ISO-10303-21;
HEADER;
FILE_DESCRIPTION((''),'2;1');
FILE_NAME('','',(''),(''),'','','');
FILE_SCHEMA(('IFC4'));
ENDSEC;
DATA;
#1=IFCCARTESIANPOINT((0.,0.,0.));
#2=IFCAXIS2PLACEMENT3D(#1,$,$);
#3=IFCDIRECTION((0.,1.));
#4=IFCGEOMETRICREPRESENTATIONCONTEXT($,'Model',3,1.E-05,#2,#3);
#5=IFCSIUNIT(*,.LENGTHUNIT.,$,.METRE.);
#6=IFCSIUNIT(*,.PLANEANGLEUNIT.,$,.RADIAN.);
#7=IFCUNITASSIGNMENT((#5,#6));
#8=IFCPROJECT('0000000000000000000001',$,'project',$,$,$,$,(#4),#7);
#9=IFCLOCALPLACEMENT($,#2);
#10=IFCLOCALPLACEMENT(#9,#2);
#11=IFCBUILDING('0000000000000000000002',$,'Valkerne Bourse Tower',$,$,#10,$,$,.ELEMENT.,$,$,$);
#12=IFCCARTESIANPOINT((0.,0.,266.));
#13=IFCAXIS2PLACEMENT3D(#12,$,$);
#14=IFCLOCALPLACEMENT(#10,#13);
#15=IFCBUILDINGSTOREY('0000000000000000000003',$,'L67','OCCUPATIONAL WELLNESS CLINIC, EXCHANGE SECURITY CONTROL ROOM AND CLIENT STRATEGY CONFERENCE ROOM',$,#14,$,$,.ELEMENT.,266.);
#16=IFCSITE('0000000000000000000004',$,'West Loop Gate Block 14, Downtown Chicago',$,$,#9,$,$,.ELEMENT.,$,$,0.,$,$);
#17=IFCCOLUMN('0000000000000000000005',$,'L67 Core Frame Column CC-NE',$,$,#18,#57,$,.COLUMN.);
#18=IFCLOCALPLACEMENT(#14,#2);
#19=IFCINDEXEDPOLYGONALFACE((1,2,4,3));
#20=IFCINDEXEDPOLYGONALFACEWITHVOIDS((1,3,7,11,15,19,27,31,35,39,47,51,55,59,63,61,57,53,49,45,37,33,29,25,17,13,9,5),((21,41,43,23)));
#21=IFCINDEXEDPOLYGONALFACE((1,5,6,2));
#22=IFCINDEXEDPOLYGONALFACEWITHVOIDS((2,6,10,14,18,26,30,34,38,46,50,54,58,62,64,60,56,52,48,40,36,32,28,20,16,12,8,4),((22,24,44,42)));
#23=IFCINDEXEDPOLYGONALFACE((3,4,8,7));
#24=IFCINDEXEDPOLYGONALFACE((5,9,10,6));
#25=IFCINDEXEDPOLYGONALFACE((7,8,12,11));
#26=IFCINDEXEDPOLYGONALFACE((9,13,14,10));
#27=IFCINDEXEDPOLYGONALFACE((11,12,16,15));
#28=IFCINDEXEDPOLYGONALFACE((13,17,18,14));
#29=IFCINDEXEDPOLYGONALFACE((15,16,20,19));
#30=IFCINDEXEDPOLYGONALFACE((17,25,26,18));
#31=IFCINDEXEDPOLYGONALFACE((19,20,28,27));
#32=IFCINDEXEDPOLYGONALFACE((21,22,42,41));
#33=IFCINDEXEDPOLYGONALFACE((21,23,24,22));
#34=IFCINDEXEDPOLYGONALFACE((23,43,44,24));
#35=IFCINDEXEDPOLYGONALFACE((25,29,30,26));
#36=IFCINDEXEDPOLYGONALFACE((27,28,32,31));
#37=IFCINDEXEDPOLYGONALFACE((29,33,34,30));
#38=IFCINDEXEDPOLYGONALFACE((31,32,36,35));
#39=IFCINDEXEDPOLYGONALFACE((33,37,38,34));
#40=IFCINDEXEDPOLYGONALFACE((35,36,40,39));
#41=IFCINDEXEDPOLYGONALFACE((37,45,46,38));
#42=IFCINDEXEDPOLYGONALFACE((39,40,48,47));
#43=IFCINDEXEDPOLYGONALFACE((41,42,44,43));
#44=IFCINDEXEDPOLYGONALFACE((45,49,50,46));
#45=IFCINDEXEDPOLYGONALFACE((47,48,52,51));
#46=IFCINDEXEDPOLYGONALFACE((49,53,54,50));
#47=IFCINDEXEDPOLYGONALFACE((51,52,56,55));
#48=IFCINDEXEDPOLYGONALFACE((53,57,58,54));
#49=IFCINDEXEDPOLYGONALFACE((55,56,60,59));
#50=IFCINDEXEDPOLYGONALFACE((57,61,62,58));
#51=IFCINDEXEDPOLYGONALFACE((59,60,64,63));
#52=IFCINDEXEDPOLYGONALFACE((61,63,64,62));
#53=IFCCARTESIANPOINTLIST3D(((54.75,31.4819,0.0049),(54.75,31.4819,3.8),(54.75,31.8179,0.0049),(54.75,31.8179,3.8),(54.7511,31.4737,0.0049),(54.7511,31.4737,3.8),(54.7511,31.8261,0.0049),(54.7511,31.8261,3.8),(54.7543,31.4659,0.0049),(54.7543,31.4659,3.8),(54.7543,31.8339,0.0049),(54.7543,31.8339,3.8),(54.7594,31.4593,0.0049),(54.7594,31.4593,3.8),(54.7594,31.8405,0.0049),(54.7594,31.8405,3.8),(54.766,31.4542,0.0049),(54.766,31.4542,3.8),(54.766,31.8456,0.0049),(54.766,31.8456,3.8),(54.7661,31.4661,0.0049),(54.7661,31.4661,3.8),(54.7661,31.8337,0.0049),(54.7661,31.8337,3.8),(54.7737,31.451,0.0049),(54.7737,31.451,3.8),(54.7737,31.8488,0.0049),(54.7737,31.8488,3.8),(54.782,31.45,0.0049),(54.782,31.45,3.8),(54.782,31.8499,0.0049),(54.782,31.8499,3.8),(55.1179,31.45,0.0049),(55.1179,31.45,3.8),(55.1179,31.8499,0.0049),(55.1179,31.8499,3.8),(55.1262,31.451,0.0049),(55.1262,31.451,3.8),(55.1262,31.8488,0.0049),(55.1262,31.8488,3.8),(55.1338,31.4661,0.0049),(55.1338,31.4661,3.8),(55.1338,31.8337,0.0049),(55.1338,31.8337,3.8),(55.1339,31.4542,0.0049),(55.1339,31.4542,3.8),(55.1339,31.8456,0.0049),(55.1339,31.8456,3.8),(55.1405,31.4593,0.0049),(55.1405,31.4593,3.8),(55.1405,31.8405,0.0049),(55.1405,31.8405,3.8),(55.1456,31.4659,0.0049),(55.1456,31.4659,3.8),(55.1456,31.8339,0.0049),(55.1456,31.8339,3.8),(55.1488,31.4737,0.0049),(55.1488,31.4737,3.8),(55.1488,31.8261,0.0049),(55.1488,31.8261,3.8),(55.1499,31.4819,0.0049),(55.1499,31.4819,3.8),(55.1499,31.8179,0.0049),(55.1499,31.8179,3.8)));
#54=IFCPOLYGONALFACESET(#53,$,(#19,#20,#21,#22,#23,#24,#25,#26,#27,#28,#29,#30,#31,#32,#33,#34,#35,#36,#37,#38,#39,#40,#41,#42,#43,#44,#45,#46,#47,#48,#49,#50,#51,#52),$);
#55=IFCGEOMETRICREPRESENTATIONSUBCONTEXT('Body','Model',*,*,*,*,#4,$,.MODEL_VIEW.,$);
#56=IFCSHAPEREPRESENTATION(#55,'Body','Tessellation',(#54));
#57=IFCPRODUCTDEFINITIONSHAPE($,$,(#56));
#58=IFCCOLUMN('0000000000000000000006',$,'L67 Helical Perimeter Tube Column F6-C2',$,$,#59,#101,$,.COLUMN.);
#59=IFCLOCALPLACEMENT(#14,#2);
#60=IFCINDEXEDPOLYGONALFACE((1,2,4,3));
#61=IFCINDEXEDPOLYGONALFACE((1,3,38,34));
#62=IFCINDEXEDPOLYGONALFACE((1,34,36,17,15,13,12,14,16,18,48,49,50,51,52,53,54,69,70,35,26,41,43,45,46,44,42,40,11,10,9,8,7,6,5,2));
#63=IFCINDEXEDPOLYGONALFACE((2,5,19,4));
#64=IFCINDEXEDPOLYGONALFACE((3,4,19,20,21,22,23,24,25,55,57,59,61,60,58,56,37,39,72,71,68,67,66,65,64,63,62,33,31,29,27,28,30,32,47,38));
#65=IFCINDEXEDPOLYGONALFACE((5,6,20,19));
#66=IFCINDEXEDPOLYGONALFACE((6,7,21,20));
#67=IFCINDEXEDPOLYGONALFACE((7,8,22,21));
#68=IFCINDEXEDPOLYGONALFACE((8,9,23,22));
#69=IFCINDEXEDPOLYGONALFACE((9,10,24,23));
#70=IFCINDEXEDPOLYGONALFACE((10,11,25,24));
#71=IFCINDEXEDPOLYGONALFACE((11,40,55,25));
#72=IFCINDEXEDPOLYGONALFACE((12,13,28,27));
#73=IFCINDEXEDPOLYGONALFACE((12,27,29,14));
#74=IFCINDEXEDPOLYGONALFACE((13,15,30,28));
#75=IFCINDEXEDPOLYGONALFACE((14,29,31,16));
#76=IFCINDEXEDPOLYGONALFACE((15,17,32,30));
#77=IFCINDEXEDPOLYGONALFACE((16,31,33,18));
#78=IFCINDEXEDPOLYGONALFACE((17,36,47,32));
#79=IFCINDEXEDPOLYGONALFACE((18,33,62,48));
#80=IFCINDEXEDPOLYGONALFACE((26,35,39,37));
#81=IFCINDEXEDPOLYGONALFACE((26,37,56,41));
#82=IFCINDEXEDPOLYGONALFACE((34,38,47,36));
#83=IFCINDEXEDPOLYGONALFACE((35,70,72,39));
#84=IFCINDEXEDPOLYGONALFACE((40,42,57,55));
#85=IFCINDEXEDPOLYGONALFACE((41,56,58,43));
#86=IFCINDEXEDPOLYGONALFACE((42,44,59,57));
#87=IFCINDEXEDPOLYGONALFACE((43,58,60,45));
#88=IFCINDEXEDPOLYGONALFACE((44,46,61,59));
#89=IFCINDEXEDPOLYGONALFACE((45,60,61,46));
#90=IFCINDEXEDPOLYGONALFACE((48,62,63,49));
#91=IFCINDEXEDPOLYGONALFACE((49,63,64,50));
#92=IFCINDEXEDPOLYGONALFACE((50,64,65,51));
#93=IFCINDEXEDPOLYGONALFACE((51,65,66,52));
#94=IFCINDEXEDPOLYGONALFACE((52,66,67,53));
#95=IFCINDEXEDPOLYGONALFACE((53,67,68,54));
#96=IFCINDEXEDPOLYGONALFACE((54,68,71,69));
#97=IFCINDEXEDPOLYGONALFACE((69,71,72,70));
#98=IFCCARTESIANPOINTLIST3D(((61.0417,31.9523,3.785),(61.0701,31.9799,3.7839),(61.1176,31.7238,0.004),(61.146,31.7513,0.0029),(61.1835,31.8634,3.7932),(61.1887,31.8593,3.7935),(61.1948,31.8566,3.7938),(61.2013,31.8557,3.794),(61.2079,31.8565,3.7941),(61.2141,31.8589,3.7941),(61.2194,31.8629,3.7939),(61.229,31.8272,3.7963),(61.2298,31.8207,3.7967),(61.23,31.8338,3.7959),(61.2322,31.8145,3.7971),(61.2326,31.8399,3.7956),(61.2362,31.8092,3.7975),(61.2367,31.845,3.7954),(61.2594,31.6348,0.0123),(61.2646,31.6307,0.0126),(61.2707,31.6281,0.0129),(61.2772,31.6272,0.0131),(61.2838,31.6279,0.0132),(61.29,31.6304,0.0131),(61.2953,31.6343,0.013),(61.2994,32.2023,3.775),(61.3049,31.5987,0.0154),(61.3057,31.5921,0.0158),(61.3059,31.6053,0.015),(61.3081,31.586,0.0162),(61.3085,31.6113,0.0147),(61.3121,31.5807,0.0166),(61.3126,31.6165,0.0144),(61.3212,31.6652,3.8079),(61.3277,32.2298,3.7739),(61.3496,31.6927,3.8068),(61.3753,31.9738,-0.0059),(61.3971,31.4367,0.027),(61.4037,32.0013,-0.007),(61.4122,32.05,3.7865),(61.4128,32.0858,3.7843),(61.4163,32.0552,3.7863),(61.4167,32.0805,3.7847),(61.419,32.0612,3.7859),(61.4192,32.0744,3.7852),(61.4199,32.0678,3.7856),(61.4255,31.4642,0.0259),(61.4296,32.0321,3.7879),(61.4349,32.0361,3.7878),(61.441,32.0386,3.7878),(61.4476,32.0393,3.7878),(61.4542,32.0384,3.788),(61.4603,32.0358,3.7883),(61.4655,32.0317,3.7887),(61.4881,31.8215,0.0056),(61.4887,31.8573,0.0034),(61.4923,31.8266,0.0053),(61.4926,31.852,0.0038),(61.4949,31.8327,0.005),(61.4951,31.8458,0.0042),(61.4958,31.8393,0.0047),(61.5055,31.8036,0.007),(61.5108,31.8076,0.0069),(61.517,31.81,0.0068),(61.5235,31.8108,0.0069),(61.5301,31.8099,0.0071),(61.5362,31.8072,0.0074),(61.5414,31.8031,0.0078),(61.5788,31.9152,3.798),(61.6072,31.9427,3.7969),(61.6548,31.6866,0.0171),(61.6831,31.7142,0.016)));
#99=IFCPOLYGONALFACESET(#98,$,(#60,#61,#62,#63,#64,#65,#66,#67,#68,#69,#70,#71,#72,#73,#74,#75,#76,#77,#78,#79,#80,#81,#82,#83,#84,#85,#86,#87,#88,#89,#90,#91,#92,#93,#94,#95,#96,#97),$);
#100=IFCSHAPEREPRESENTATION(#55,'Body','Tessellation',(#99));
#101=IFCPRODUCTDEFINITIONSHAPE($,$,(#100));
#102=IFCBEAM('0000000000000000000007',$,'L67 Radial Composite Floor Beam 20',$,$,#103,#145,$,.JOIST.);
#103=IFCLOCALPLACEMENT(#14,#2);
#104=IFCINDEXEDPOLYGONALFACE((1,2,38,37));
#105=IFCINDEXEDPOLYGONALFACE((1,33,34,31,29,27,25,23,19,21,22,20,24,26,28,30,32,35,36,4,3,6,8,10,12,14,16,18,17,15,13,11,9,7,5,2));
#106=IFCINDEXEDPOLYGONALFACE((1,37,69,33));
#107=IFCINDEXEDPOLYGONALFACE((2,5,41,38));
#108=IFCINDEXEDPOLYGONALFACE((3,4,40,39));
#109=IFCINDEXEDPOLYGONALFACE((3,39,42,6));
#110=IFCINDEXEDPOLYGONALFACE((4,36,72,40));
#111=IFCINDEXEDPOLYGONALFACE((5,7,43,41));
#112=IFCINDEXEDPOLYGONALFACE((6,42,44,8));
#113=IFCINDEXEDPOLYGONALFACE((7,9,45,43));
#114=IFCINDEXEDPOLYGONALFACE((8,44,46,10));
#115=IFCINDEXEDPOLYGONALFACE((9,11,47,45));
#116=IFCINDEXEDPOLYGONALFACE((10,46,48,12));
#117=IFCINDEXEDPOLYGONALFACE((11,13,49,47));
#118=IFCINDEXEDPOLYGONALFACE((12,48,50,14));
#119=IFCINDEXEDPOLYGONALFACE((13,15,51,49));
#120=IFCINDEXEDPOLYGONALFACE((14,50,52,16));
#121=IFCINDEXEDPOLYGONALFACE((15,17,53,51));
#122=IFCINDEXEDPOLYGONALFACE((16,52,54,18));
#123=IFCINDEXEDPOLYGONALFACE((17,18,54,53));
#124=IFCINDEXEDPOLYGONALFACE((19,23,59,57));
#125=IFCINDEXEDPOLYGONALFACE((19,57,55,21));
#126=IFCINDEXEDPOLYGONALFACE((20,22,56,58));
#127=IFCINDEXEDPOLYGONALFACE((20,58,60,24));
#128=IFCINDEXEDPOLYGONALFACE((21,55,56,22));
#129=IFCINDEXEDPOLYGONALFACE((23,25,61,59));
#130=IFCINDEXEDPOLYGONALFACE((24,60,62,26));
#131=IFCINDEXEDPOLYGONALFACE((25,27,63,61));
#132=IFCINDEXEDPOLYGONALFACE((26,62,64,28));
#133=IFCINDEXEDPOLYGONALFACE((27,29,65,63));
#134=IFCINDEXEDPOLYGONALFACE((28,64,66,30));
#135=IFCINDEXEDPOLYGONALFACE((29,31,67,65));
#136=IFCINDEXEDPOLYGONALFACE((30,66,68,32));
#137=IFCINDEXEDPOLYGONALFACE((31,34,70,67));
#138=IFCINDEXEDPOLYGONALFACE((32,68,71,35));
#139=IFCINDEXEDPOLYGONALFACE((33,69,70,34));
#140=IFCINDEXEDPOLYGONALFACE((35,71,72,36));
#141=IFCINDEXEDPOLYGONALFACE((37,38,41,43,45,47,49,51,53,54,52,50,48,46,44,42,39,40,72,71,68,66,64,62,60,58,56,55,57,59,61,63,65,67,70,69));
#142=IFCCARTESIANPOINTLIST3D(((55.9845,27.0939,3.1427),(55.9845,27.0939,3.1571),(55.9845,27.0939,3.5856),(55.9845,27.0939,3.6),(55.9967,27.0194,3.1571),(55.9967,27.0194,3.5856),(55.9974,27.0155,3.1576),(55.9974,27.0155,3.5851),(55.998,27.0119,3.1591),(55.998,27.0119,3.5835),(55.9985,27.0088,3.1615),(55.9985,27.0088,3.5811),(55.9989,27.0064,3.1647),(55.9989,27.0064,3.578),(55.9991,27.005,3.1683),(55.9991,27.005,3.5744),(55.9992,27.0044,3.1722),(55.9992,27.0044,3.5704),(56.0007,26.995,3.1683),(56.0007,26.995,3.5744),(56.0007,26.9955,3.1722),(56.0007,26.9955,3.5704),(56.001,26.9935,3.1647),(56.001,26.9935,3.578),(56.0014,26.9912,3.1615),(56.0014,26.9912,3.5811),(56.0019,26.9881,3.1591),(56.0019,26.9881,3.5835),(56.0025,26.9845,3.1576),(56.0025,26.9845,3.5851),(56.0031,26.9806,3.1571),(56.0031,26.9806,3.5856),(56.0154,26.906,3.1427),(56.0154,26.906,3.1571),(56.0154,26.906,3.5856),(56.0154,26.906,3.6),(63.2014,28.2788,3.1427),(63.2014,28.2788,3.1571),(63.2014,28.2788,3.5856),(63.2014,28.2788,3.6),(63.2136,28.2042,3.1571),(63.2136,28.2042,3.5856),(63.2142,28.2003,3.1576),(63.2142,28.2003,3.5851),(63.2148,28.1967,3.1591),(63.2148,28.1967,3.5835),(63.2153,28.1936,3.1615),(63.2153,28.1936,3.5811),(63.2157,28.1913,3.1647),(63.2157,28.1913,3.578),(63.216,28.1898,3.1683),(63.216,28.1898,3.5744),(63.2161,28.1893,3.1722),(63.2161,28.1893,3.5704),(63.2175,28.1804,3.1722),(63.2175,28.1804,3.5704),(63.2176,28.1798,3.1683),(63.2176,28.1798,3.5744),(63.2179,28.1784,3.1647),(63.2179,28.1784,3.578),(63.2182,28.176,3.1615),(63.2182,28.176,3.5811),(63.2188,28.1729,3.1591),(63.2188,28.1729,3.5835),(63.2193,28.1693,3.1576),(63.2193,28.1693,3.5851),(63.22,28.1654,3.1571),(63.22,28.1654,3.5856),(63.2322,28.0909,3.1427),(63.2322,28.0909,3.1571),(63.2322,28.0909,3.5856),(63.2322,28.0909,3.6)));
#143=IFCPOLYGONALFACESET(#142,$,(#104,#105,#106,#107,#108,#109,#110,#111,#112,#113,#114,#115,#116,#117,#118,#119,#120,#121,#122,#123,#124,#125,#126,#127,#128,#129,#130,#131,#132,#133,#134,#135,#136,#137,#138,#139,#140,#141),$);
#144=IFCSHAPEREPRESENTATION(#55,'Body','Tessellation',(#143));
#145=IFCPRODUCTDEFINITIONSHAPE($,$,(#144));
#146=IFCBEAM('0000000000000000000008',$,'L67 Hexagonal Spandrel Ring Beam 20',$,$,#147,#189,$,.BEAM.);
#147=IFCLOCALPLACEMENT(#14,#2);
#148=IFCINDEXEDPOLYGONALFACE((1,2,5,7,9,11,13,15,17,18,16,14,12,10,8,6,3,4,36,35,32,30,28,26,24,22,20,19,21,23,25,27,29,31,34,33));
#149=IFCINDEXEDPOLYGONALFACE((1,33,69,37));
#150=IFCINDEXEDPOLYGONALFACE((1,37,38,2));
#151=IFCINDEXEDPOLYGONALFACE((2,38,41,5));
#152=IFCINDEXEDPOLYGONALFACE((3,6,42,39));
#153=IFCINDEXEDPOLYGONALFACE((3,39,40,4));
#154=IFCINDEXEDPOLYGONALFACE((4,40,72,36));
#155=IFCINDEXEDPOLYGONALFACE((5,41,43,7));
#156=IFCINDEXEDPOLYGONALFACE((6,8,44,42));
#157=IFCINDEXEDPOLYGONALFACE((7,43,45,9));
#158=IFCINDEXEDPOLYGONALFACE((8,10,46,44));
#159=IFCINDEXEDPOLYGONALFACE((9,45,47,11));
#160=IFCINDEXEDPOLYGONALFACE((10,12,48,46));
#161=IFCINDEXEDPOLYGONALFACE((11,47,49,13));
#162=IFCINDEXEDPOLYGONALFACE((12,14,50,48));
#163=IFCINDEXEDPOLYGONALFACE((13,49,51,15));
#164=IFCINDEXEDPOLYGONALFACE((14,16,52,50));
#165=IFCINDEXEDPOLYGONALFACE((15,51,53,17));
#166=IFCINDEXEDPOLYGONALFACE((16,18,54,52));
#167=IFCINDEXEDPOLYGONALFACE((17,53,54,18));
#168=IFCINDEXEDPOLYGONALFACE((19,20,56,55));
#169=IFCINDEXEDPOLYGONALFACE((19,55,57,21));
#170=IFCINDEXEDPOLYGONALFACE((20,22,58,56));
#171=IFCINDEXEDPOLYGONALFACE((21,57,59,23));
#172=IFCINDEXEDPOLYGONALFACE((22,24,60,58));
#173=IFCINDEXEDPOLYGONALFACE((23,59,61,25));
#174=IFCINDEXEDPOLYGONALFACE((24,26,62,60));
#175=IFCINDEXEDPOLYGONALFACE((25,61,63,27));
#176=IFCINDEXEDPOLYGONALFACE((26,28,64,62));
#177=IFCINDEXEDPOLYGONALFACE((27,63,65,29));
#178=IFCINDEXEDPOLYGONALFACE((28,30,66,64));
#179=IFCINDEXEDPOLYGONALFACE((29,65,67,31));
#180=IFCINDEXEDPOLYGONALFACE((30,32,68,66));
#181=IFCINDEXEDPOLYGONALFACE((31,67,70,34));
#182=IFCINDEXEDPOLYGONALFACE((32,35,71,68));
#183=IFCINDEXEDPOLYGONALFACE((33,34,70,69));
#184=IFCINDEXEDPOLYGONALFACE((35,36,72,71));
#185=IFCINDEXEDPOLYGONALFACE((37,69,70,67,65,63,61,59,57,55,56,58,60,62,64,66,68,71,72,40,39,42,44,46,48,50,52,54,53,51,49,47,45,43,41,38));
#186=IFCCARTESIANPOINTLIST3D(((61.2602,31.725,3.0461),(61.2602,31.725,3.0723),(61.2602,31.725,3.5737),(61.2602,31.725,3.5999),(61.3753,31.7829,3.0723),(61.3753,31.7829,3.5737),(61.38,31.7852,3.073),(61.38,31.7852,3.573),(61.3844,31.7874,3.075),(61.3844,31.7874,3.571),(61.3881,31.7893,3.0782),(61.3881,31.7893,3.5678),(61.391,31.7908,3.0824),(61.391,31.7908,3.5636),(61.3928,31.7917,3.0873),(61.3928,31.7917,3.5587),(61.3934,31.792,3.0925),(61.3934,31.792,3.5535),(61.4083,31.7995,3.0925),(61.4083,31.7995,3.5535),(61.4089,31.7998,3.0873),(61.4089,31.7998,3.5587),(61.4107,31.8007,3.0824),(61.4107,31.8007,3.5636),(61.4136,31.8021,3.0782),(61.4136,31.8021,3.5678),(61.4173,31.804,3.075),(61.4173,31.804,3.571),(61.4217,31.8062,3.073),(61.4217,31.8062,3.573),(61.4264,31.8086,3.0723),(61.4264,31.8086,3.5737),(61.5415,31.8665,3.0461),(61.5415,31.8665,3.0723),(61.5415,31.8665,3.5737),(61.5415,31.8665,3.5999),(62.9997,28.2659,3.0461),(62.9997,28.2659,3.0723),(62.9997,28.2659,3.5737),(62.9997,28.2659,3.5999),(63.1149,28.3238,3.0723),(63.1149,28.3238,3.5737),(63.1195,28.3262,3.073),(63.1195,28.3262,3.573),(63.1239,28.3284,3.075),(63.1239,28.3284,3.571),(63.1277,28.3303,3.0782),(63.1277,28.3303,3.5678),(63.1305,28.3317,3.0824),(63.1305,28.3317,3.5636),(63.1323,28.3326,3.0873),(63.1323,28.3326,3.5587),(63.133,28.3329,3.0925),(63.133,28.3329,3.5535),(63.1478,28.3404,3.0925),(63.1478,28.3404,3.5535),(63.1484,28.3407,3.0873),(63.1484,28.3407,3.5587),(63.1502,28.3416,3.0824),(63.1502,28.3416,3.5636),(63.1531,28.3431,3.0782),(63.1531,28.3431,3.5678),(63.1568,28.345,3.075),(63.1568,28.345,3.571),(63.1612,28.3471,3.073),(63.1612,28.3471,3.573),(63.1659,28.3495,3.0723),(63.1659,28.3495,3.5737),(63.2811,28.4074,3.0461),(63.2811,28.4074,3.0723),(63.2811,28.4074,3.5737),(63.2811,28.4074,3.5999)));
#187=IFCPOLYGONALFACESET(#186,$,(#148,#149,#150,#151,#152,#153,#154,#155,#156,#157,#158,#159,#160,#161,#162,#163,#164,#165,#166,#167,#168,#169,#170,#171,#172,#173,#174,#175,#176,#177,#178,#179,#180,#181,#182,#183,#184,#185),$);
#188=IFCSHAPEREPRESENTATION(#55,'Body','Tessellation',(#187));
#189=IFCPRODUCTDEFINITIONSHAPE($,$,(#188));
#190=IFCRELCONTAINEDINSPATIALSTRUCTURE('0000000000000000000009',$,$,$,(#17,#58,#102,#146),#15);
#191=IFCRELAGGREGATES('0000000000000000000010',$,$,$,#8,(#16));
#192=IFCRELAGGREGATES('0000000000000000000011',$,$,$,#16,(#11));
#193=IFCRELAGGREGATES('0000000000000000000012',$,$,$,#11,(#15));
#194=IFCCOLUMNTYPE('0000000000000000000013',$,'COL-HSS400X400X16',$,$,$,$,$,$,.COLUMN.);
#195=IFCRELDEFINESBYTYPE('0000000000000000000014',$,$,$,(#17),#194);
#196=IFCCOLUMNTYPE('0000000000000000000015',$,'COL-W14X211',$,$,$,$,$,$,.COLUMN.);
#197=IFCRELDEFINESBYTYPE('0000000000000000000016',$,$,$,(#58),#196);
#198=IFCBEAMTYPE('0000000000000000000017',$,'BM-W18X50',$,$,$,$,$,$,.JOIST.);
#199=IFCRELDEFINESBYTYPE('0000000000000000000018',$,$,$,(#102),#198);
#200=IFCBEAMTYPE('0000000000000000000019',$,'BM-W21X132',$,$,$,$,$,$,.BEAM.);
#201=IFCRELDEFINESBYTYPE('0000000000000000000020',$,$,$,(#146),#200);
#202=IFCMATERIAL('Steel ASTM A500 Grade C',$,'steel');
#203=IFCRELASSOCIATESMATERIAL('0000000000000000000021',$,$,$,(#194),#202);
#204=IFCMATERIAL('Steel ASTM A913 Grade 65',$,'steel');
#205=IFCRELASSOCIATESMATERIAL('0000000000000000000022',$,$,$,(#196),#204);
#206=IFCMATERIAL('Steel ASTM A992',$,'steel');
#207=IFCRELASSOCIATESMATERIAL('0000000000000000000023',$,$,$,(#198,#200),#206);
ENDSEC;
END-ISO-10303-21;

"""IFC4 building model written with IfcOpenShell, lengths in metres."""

from ifc_helpers import new_model, si_unit, direction, frame, origin, origin_2d, place, context, subcontext, project, spatial, hollow_rectangle, i_section, extrude, material, material_profile, profile_set, type_object, element, save


model = new_model("IFC4")

# Units and contexts
model_context = context("Model", 3, precision=1e-05, world=origin(), true_north=direction((0.0, 1.0)))
body_context = subcontext(model_context, "Body", "Model", "MODEL_VIEW")
ifc_project = project(units=[si_unit("LENGTHUNIT", "METRE"), si_unit("PLANEANGLEUNIT", "RADIAN")], contexts=[model_context])

# Site, building, storey
site_placement = place(None, origin())
site = spatial("IfcSite", under=ifc_project, at=site_placement, Name="West Loop Gate Block 14, Downtown Chicago", CompositionType="ELEMENT", RefElevation=0.0)
building_placement = place(site_placement, origin())
building = spatial("IfcBuilding", under=site, at=building_placement, Name="Valkerne Bourse Tower", CompositionType="ELEMENT")
storey_placement = place(building_placement, frame((0.0, 0.0, 266.0)))
storey = spatial("IfcBuildingStorey", under=building, at=storey_placement, Name="L67", Description="OCCUPATIONAL WELLNESS CLINIC, EXCHANGE SECURITY CONTROL ROOM AND CLIENT STRATEGY CONFERENCE ROOM", CompositionType="ELEMENT", Elevation=266.0)

# Columns
ifc_material_1 = material(Name="Steel ASTM A500 Grade C", Category="steel")
ifc_material_profile_1 = material_profile(ifc_material_1, hollow_rectangle(XDim=0.3999, YDim=0.3999, WallThickness=0.0161, OuterFilletRadius=0.032, at=origin_2d()), Name="HSS400X400X16")
ifc_profile_set_1 = profile_set([ifc_material_profile_1], Name="Steel ASTM A500 Grade C")
column_type_1 = type_object("IfcColumnType", Name="COL-HSS400X400X16", PredefinedType="COLUMN", material=ifc_profile_set_1)
column_1_placement = place(storey_placement, frame((54.95, 31.6499, 0.0049), z_axis=(0.0, 0.0, 1.0), x_axis=(1.0, 0.0, 0.0)))
element("IfcColumn", 1, at=column_1_placement, inside=storey, type_object=column_type_1, Name="L67 Core Frame Column CC-NE", PredefinedType="COLUMN", context=body_context, shape_type="SweptSolid", body=[
    extrude(hollow_rectangle(XDim=0.3999, YDim=0.3999, WallThickness=0.0161, OuterFilletRadius=0.032, at=origin_2d()), origin(), (0.0, 0.0, 1.0), 3.7952),
])
ifc_material_2 = material(Name="Steel ASTM A913 Grade 65", Category="steel")
ifc_material_profile_2 = material_profile(ifc_material_2, i_section(OverallWidth=0.4014, OverallDepth=0.3987, WebThickness=0.0249, FlangeThickness=0.0396, FilletRadius=0.0254, at=origin_2d()), Name="W14X211")
ifc_profile_set_2 = profile_set([ifc_material_profile_2], Name="Steel ASTM A913 Grade 65")
column_type_2 = type_object("IfcColumnType", Name="COL-W14X211", PredefinedType="COLUMN", material=ifc_profile_set_2)
column_2_placement = place(storey_placement, frame((61.4004, 31.719, 0.01), z_axis=(-0.020041, 0.060316, 0.997978), x_axis=(0.696339, -0.715428, 0.057222)))
element("IfcColumn", 2, at=column_2_placement, inside=storey, type_object=column_type_2, Name="L67 Helical Perimeter Tube Column F6-C2", PredefinedType="COLUMN", context=body_context, shape_type="SweptSolid", body=[
    extrude(i_section(OverallWidth=0.4014, OverallDepth=0.3987, WebThickness=0.0249, FlangeThickness=0.0396, FilletRadius=0.0254, at=origin_2d()), origin(), (0.0, 0.0, 1.0), 3.7886),
])

# Beams
ifc_material_3 = material(Name="Steel ASTM A992", Category="steel")
ifc_material_profile_3 = material_profile(ifc_material_3, i_section(OverallWidth=0.1904, OverallDepth=0.4573, WebThickness=0.009, FlangeThickness=0.0144, FilletRadius=0.0151, at=origin_2d()), Name="W18X50")
ifc_profile_set_3 = profile_set([ifc_material_profile_3], Name="Steel ASTM A992")
beam_type_1 = type_object("IfcBeamType", Name="BM-W18X50", PredefinedType="JOIST", material=ifc_profile_set_3)
beam_placement = place(storey_placement, frame((63.2168, 28.1848, 3.3713), z_axis=(-0.98679, -0.162006, 0.0), x_axis=(0.162006, -0.98679, 0.0)))
element("IfcBeam", 3, at=beam_placement, inside=storey, type_object=beam_type_1, Name="L67 Radial Composite Floor Beam 20", PredefinedType="JOIST", context=body_context, shape_type="SweptSolid", body=[
    extrude(i_section(OverallWidth=0.1904, OverallDepth=0.4573, WebThickness=0.009, FlangeThickness=0.0144, FilletRadius=0.0151, at=origin_2d()), origin(), (0.0, 0.0, 1.0), 7.3135),
])
ifc_material_profile_4 = material_profile(ifc_material_3, i_section(OverallWidth=0.3149, OverallDepth=0.5537, WebThickness=0.0166, FlangeThickness=0.0261, FilletRadius=0.0203, at=origin_2d()), Name="W21X132")
ifc_profile_set_4 = profile_set([ifc_material_profile_4], Name="Steel ASTM A992")
beam_type_2 = type_object("IfcBeamType", Name="BM-W21X132", PredefinedType="BEAM", material=ifc_profile_set_4)
for number, where, z_axis, x_axis, name in (
    (4, (63.1404, 28.3367, 3.323), (-0.449281, 0.893391, 0.0), (-0.893391, -0.449281, 0.0), "L67 Hexagonal Spandrel Ring Beam 20"),
):
    element("IfcBeam", number, at=place(storey_placement, frame(where, z_axis=z_axis, x_axis=x_axis)), inside=storey, type_object=beam_type_2, Name=name, PredefinedType="BEAM", context=body_context, shape_type="SweptSolid", body=[
        extrude(i_section(OverallWidth=0.3149, OverallDepth=0.5537, WebThickness=0.0166, FlangeThickness=0.0261, FilletRadius=0.0203, at=origin_2d()), origin(), (0.0, 0.0, 1.0), 3.8718),
    ])

save(model, "model.ifc")
